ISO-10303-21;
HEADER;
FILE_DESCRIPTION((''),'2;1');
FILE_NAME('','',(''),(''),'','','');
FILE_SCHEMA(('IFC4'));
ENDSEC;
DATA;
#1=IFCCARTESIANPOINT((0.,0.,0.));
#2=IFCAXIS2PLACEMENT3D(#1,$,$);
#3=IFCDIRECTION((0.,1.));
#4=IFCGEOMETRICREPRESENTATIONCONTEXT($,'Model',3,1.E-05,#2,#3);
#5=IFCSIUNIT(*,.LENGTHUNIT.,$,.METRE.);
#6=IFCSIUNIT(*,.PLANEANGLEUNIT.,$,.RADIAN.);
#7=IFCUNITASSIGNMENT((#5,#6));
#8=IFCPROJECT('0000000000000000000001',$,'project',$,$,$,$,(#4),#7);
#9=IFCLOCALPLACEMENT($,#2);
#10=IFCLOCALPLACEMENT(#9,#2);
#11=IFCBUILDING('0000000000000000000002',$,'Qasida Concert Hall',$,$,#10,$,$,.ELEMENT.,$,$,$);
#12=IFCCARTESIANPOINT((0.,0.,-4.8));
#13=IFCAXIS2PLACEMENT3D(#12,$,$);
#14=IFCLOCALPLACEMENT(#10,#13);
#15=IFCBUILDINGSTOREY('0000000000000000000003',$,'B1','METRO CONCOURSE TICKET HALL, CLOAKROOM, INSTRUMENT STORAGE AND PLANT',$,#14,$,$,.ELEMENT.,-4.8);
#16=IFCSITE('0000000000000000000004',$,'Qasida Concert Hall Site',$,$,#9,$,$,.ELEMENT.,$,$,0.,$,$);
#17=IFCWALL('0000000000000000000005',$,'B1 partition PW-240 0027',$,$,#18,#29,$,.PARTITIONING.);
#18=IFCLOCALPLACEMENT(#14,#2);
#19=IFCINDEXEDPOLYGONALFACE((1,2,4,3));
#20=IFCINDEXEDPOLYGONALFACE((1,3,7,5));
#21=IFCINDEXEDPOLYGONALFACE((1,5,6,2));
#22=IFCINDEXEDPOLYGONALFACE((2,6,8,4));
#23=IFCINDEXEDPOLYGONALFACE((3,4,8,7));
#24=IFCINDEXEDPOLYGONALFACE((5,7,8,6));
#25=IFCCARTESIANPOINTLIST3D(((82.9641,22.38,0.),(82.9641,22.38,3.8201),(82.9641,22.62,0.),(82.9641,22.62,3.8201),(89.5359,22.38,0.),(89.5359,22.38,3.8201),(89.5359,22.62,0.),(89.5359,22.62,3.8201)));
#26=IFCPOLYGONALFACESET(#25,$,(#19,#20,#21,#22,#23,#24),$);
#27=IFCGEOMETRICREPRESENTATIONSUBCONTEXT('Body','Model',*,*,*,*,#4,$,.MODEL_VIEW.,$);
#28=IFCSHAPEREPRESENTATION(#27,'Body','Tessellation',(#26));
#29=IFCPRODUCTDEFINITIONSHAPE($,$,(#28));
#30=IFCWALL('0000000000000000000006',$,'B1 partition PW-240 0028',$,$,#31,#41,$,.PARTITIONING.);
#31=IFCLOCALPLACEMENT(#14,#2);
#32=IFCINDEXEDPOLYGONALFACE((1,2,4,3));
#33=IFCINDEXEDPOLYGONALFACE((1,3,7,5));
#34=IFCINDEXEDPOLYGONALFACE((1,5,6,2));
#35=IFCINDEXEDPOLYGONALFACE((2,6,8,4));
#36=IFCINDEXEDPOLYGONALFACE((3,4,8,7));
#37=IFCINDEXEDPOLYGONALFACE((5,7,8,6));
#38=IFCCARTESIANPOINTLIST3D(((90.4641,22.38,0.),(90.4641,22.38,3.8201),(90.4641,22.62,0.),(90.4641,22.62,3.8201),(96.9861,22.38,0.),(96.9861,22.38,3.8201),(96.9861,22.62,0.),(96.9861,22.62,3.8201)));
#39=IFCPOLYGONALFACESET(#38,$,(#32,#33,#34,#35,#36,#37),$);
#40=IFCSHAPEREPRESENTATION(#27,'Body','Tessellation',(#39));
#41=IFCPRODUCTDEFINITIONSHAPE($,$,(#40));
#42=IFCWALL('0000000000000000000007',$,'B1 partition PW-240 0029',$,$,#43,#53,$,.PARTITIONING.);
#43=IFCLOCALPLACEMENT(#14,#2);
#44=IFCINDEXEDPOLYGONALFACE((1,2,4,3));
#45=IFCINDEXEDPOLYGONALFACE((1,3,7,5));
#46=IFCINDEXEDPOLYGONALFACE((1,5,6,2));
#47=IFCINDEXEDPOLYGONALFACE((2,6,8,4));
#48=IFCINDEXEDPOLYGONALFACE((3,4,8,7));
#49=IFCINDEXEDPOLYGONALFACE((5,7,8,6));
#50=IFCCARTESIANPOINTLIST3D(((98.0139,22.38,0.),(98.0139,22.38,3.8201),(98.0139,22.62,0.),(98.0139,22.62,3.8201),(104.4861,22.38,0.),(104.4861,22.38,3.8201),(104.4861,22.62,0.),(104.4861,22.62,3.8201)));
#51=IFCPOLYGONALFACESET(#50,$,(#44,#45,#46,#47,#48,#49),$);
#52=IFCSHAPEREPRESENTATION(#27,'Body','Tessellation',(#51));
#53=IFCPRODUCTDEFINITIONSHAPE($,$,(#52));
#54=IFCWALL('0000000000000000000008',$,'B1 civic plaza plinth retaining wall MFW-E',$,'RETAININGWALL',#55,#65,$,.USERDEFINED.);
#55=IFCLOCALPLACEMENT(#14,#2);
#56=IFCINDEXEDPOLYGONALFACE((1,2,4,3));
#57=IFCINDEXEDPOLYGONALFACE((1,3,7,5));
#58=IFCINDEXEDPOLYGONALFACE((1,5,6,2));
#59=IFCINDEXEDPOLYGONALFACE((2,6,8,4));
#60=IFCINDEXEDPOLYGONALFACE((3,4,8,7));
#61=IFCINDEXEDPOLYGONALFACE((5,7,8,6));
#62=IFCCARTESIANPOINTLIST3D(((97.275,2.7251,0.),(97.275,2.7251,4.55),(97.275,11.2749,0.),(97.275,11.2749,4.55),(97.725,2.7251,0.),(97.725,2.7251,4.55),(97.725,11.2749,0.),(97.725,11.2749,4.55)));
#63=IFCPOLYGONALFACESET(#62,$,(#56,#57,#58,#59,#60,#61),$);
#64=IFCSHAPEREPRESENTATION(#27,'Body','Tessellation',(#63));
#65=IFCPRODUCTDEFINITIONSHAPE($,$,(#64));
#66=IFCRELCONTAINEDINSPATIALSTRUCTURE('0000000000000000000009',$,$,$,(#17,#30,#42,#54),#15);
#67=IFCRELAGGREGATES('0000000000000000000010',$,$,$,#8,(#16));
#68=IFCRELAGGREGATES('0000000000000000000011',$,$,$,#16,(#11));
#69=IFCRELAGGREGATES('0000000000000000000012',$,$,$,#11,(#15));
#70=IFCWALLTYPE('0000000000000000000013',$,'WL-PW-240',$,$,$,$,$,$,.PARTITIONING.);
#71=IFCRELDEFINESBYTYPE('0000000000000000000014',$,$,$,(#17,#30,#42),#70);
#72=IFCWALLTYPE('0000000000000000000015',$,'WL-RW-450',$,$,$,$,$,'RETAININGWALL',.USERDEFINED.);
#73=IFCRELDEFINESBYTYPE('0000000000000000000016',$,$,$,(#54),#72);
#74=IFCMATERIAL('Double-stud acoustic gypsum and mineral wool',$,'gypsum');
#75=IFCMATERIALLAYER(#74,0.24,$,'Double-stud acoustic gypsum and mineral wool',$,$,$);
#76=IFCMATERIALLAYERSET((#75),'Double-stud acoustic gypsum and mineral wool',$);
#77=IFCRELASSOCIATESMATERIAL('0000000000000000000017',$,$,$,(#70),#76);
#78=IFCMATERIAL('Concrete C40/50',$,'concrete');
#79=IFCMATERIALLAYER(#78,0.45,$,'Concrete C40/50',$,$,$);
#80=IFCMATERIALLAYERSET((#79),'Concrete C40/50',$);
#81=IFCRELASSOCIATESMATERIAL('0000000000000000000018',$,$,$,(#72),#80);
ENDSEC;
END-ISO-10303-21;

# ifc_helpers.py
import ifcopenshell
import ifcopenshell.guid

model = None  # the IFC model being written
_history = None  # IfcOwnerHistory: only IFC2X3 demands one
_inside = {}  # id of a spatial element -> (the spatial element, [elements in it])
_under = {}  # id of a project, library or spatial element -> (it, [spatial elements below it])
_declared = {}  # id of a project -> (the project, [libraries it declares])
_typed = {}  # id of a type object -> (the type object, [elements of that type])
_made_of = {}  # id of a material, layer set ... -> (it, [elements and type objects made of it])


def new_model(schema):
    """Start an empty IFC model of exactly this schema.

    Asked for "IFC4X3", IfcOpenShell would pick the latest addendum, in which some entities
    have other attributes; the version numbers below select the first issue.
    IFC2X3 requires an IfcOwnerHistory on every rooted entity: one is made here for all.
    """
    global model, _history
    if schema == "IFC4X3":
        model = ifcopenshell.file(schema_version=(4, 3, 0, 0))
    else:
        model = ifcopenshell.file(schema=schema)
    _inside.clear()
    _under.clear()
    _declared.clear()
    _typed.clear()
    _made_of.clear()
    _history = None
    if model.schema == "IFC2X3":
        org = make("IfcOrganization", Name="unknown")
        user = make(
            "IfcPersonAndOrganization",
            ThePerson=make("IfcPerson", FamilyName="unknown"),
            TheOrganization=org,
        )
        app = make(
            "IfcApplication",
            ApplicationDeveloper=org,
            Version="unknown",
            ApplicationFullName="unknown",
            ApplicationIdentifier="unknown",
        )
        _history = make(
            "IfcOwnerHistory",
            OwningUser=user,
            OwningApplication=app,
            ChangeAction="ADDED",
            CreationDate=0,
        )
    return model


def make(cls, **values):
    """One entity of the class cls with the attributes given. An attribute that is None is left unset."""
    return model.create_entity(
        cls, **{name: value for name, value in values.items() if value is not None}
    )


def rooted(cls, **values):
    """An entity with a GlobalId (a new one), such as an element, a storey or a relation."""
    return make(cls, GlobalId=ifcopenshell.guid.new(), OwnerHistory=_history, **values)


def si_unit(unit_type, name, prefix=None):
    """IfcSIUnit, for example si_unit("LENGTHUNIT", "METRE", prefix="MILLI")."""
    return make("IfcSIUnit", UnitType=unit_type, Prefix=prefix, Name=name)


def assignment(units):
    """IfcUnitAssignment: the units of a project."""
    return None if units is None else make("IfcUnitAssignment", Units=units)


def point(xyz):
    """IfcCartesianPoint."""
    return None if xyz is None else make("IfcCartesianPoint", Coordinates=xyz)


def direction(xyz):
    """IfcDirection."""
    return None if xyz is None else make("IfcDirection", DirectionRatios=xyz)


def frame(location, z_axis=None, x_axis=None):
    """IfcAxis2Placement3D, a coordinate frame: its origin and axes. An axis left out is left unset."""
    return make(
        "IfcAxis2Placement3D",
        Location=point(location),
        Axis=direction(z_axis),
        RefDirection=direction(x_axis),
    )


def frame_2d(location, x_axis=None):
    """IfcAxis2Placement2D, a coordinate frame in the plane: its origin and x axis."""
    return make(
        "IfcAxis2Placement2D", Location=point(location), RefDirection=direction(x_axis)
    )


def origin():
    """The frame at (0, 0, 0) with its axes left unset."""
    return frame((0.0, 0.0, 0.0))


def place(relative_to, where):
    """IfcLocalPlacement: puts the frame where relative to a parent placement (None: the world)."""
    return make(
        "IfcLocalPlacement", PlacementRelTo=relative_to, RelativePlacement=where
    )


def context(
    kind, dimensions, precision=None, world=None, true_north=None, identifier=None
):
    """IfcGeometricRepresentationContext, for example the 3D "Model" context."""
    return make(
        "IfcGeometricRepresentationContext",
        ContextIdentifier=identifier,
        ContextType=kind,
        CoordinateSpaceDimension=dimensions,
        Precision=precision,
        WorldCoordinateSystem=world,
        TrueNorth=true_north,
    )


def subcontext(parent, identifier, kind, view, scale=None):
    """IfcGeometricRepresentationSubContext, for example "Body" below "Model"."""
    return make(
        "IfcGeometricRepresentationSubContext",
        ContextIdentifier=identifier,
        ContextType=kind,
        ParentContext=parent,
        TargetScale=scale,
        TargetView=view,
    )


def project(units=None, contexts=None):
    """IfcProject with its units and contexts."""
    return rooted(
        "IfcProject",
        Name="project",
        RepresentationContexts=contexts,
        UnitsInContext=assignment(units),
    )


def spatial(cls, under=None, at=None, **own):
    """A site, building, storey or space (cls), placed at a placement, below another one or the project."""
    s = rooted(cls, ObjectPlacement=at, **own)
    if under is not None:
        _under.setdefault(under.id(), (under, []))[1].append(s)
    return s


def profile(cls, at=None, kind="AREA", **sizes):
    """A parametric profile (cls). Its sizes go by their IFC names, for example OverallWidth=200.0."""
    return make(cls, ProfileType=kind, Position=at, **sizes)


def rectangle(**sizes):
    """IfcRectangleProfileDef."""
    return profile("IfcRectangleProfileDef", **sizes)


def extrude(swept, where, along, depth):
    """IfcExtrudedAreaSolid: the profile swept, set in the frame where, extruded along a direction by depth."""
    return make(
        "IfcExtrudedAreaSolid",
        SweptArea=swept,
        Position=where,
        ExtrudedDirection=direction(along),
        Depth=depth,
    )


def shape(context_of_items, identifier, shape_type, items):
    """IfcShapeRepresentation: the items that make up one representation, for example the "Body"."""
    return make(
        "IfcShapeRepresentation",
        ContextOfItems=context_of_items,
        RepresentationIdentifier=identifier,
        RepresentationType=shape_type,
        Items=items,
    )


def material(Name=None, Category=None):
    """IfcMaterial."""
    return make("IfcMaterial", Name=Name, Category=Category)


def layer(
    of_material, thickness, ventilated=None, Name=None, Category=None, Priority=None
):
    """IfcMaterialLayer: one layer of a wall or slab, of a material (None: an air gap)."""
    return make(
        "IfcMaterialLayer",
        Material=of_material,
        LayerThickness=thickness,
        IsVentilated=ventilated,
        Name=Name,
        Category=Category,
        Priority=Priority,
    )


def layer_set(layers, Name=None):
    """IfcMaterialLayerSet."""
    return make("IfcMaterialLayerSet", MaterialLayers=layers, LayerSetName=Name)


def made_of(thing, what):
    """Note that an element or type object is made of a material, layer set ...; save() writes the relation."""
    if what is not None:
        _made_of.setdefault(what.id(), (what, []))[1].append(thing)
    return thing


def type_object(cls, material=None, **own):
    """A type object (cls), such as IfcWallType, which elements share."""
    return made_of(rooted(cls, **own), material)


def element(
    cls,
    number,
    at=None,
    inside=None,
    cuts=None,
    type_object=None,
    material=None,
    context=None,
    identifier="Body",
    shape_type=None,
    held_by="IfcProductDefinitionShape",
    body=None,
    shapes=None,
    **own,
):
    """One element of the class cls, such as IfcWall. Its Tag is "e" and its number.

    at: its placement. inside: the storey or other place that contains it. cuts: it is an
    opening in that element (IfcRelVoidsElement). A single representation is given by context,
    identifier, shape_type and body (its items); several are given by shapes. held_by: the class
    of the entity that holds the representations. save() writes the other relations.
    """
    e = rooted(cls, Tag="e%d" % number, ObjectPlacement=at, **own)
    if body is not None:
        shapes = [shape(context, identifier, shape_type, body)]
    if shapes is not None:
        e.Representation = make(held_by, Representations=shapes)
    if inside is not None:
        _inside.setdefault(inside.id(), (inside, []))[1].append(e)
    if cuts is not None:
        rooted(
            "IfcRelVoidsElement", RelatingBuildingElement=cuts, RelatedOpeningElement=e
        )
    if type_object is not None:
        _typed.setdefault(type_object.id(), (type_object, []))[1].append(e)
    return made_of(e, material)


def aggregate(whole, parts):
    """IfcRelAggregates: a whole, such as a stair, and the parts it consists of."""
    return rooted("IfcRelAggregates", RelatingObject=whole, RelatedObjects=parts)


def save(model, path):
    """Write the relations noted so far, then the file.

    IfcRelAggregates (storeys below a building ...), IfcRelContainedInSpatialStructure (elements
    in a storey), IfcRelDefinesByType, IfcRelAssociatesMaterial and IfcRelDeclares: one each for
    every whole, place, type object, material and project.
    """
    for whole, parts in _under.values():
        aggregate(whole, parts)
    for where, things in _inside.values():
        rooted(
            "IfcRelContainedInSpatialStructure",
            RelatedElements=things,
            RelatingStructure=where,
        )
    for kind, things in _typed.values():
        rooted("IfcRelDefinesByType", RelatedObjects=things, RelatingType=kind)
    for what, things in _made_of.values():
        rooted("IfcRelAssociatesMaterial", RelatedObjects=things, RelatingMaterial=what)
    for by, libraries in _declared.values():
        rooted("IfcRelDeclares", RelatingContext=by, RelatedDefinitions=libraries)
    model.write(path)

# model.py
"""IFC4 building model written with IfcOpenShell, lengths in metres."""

from ifc_helpers import new_model, si_unit, direction, frame, frame_2d, origin, place, context, subcontext, project, spatial, rectangle, extrude, material, layer, layer_set, type_object, element, save


model = new_model("IFC4")

# Units and contexts
model_context = context("Model", 3, precision=1e-05, world=origin(), true_north=direction((0.0, 1.0)))
body_context = subcontext(model_context, "Body", "Model", "MODEL_VIEW")
ifc_project = project(units=[si_unit("LENGTHUNIT", "METRE"), si_unit("PLANEANGLEUNIT", "RADIAN")], contexts=[model_context])

# Site, building, storey
site_placement = place(None, origin())
site = spatial("IfcSite", under=ifc_project, at=site_placement, Name="Qasida Concert Hall Site", CompositionType="ELEMENT", RefElevation=0.0)
building_placement = place(site_placement, origin())
building = spatial("IfcBuilding", under=site, at=building_placement, Name="Qasida Concert Hall", CompositionType="ELEMENT")
storey_placement = place(building_placement, frame((0.0, 0.0, -4.8)))
storey = spatial("IfcBuildingStorey", under=building, at=storey_placement, Name="B1", Description="METRO CONCOURSE TICKET HALL, CLOAKROOM, INSTRUMENT STORAGE AND PLANT", CompositionType="ELEMENT", Elevation=-4.8)

# Shared definitions
ifc_material_1 = material(Name="Concrete C40/50", Category="concrete")

# Walls
ifc_material_2 = material(Name="Double-stud acoustic gypsum and mineral wool", Category="gypsum")
ifc_layer_1 = layer(ifc_material_2, 0.24, Name="Double-stud acoustic gypsum and mineral wool")
ifc_layer_set_1 = layer_set([ifc_layer_1], Name="Double-stud acoustic gypsum and mineral wool")
wall_type_1 = type_object("IfcWallType", Name="WL-PW-240", PredefinedType="PARTITIONING", material=ifc_layer_set_1)
wall_1_placement = place(storey_placement, frame((82.9641, 22.5, 0.0), z_axis=(0.0, 0.0, 1.0), x_axis=(1.0, 0.0, 0.0)))
element("IfcWall", 1, at=wall_1_placement, inside=storey, type_object=wall_type_1, Name="B1 partition PW-240 0027", PredefinedType="PARTITIONING", context=body_context, shape_type="SweptSolid", body=[
    extrude(rectangle(XDim=6.5718, YDim=0.24, at=frame_2d((3.2859, 0.0))), origin(), (0.0, 0.0, 1.0), 3.8201),
])
wall_2_placement = place(storey_placement, frame((90.4641, 22.5, 0.0), z_axis=(0.0, 0.0, 1.0), x_axis=(1.0, 0.0, 0.0)))
element("IfcWall", 2, at=wall_2_placement, inside=storey, type_object=wall_type_1, Name="B1 partition PW-240 0028", PredefinedType="PARTITIONING", context=body_context, shape_type="SweptSolid", body=[
    extrude(rectangle(XDim=6.522, YDim=0.24, at=frame_2d((3.261, 0.0))), origin(), (0.0, 0.0, 1.0), 3.8201),
])
wall_3_placement = place(storey_placement, frame((98.0139, 22.5, 0.0), z_axis=(0.0, 0.0, 1.0), x_axis=(1.0, 0.0, 0.0)))
element("IfcWall", 3, at=wall_3_placement, inside=storey, type_object=wall_type_1, Name="B1 partition PW-240 0029", PredefinedType="PARTITIONING", context=body_context, shape_type="SweptSolid", body=[
    extrude(rectangle(XDim=6.4722, YDim=0.24, at=frame_2d((3.2361, 0.0))), origin(), (0.0, 0.0, 1.0), 3.8201),
])

# Wall
ifc_layer_2 = layer(ifc_material_1, 0.45, Name="Concrete C40/50")
ifc_layer_set_2 = layer_set([ifc_layer_2], Name="Concrete C40/50")
wall_type_2 = type_object("IfcWallType", Name="WL-RW-450", ElementType="RETAININGWALL", PredefinedType="USERDEFINED", material=ifc_layer_set_2)
wall_4_placement = place(storey_placement, frame((97.5, 2.7251, 0.0), z_axis=(0.0, 0.0, 1.0), x_axis=(0.0, 1.0, 0.0)))
element("IfcWall", 4, at=wall_4_placement, inside=storey, type_object=wall_type_2, Name="B1 civic plaza plinth retaining wall MFW-E", ObjectType="RETAININGWALL", PredefinedType="USERDEFINED", context=body_context, shape_type="SweptSolid", body=[
    extrude(rectangle(XDim=8.5498, YDim=0.45, at=frame_2d((4.2749, 0.0))), origin(), (0.0, 0.0, 1.0), 4.55),
])

save(model, "model.ifc")
